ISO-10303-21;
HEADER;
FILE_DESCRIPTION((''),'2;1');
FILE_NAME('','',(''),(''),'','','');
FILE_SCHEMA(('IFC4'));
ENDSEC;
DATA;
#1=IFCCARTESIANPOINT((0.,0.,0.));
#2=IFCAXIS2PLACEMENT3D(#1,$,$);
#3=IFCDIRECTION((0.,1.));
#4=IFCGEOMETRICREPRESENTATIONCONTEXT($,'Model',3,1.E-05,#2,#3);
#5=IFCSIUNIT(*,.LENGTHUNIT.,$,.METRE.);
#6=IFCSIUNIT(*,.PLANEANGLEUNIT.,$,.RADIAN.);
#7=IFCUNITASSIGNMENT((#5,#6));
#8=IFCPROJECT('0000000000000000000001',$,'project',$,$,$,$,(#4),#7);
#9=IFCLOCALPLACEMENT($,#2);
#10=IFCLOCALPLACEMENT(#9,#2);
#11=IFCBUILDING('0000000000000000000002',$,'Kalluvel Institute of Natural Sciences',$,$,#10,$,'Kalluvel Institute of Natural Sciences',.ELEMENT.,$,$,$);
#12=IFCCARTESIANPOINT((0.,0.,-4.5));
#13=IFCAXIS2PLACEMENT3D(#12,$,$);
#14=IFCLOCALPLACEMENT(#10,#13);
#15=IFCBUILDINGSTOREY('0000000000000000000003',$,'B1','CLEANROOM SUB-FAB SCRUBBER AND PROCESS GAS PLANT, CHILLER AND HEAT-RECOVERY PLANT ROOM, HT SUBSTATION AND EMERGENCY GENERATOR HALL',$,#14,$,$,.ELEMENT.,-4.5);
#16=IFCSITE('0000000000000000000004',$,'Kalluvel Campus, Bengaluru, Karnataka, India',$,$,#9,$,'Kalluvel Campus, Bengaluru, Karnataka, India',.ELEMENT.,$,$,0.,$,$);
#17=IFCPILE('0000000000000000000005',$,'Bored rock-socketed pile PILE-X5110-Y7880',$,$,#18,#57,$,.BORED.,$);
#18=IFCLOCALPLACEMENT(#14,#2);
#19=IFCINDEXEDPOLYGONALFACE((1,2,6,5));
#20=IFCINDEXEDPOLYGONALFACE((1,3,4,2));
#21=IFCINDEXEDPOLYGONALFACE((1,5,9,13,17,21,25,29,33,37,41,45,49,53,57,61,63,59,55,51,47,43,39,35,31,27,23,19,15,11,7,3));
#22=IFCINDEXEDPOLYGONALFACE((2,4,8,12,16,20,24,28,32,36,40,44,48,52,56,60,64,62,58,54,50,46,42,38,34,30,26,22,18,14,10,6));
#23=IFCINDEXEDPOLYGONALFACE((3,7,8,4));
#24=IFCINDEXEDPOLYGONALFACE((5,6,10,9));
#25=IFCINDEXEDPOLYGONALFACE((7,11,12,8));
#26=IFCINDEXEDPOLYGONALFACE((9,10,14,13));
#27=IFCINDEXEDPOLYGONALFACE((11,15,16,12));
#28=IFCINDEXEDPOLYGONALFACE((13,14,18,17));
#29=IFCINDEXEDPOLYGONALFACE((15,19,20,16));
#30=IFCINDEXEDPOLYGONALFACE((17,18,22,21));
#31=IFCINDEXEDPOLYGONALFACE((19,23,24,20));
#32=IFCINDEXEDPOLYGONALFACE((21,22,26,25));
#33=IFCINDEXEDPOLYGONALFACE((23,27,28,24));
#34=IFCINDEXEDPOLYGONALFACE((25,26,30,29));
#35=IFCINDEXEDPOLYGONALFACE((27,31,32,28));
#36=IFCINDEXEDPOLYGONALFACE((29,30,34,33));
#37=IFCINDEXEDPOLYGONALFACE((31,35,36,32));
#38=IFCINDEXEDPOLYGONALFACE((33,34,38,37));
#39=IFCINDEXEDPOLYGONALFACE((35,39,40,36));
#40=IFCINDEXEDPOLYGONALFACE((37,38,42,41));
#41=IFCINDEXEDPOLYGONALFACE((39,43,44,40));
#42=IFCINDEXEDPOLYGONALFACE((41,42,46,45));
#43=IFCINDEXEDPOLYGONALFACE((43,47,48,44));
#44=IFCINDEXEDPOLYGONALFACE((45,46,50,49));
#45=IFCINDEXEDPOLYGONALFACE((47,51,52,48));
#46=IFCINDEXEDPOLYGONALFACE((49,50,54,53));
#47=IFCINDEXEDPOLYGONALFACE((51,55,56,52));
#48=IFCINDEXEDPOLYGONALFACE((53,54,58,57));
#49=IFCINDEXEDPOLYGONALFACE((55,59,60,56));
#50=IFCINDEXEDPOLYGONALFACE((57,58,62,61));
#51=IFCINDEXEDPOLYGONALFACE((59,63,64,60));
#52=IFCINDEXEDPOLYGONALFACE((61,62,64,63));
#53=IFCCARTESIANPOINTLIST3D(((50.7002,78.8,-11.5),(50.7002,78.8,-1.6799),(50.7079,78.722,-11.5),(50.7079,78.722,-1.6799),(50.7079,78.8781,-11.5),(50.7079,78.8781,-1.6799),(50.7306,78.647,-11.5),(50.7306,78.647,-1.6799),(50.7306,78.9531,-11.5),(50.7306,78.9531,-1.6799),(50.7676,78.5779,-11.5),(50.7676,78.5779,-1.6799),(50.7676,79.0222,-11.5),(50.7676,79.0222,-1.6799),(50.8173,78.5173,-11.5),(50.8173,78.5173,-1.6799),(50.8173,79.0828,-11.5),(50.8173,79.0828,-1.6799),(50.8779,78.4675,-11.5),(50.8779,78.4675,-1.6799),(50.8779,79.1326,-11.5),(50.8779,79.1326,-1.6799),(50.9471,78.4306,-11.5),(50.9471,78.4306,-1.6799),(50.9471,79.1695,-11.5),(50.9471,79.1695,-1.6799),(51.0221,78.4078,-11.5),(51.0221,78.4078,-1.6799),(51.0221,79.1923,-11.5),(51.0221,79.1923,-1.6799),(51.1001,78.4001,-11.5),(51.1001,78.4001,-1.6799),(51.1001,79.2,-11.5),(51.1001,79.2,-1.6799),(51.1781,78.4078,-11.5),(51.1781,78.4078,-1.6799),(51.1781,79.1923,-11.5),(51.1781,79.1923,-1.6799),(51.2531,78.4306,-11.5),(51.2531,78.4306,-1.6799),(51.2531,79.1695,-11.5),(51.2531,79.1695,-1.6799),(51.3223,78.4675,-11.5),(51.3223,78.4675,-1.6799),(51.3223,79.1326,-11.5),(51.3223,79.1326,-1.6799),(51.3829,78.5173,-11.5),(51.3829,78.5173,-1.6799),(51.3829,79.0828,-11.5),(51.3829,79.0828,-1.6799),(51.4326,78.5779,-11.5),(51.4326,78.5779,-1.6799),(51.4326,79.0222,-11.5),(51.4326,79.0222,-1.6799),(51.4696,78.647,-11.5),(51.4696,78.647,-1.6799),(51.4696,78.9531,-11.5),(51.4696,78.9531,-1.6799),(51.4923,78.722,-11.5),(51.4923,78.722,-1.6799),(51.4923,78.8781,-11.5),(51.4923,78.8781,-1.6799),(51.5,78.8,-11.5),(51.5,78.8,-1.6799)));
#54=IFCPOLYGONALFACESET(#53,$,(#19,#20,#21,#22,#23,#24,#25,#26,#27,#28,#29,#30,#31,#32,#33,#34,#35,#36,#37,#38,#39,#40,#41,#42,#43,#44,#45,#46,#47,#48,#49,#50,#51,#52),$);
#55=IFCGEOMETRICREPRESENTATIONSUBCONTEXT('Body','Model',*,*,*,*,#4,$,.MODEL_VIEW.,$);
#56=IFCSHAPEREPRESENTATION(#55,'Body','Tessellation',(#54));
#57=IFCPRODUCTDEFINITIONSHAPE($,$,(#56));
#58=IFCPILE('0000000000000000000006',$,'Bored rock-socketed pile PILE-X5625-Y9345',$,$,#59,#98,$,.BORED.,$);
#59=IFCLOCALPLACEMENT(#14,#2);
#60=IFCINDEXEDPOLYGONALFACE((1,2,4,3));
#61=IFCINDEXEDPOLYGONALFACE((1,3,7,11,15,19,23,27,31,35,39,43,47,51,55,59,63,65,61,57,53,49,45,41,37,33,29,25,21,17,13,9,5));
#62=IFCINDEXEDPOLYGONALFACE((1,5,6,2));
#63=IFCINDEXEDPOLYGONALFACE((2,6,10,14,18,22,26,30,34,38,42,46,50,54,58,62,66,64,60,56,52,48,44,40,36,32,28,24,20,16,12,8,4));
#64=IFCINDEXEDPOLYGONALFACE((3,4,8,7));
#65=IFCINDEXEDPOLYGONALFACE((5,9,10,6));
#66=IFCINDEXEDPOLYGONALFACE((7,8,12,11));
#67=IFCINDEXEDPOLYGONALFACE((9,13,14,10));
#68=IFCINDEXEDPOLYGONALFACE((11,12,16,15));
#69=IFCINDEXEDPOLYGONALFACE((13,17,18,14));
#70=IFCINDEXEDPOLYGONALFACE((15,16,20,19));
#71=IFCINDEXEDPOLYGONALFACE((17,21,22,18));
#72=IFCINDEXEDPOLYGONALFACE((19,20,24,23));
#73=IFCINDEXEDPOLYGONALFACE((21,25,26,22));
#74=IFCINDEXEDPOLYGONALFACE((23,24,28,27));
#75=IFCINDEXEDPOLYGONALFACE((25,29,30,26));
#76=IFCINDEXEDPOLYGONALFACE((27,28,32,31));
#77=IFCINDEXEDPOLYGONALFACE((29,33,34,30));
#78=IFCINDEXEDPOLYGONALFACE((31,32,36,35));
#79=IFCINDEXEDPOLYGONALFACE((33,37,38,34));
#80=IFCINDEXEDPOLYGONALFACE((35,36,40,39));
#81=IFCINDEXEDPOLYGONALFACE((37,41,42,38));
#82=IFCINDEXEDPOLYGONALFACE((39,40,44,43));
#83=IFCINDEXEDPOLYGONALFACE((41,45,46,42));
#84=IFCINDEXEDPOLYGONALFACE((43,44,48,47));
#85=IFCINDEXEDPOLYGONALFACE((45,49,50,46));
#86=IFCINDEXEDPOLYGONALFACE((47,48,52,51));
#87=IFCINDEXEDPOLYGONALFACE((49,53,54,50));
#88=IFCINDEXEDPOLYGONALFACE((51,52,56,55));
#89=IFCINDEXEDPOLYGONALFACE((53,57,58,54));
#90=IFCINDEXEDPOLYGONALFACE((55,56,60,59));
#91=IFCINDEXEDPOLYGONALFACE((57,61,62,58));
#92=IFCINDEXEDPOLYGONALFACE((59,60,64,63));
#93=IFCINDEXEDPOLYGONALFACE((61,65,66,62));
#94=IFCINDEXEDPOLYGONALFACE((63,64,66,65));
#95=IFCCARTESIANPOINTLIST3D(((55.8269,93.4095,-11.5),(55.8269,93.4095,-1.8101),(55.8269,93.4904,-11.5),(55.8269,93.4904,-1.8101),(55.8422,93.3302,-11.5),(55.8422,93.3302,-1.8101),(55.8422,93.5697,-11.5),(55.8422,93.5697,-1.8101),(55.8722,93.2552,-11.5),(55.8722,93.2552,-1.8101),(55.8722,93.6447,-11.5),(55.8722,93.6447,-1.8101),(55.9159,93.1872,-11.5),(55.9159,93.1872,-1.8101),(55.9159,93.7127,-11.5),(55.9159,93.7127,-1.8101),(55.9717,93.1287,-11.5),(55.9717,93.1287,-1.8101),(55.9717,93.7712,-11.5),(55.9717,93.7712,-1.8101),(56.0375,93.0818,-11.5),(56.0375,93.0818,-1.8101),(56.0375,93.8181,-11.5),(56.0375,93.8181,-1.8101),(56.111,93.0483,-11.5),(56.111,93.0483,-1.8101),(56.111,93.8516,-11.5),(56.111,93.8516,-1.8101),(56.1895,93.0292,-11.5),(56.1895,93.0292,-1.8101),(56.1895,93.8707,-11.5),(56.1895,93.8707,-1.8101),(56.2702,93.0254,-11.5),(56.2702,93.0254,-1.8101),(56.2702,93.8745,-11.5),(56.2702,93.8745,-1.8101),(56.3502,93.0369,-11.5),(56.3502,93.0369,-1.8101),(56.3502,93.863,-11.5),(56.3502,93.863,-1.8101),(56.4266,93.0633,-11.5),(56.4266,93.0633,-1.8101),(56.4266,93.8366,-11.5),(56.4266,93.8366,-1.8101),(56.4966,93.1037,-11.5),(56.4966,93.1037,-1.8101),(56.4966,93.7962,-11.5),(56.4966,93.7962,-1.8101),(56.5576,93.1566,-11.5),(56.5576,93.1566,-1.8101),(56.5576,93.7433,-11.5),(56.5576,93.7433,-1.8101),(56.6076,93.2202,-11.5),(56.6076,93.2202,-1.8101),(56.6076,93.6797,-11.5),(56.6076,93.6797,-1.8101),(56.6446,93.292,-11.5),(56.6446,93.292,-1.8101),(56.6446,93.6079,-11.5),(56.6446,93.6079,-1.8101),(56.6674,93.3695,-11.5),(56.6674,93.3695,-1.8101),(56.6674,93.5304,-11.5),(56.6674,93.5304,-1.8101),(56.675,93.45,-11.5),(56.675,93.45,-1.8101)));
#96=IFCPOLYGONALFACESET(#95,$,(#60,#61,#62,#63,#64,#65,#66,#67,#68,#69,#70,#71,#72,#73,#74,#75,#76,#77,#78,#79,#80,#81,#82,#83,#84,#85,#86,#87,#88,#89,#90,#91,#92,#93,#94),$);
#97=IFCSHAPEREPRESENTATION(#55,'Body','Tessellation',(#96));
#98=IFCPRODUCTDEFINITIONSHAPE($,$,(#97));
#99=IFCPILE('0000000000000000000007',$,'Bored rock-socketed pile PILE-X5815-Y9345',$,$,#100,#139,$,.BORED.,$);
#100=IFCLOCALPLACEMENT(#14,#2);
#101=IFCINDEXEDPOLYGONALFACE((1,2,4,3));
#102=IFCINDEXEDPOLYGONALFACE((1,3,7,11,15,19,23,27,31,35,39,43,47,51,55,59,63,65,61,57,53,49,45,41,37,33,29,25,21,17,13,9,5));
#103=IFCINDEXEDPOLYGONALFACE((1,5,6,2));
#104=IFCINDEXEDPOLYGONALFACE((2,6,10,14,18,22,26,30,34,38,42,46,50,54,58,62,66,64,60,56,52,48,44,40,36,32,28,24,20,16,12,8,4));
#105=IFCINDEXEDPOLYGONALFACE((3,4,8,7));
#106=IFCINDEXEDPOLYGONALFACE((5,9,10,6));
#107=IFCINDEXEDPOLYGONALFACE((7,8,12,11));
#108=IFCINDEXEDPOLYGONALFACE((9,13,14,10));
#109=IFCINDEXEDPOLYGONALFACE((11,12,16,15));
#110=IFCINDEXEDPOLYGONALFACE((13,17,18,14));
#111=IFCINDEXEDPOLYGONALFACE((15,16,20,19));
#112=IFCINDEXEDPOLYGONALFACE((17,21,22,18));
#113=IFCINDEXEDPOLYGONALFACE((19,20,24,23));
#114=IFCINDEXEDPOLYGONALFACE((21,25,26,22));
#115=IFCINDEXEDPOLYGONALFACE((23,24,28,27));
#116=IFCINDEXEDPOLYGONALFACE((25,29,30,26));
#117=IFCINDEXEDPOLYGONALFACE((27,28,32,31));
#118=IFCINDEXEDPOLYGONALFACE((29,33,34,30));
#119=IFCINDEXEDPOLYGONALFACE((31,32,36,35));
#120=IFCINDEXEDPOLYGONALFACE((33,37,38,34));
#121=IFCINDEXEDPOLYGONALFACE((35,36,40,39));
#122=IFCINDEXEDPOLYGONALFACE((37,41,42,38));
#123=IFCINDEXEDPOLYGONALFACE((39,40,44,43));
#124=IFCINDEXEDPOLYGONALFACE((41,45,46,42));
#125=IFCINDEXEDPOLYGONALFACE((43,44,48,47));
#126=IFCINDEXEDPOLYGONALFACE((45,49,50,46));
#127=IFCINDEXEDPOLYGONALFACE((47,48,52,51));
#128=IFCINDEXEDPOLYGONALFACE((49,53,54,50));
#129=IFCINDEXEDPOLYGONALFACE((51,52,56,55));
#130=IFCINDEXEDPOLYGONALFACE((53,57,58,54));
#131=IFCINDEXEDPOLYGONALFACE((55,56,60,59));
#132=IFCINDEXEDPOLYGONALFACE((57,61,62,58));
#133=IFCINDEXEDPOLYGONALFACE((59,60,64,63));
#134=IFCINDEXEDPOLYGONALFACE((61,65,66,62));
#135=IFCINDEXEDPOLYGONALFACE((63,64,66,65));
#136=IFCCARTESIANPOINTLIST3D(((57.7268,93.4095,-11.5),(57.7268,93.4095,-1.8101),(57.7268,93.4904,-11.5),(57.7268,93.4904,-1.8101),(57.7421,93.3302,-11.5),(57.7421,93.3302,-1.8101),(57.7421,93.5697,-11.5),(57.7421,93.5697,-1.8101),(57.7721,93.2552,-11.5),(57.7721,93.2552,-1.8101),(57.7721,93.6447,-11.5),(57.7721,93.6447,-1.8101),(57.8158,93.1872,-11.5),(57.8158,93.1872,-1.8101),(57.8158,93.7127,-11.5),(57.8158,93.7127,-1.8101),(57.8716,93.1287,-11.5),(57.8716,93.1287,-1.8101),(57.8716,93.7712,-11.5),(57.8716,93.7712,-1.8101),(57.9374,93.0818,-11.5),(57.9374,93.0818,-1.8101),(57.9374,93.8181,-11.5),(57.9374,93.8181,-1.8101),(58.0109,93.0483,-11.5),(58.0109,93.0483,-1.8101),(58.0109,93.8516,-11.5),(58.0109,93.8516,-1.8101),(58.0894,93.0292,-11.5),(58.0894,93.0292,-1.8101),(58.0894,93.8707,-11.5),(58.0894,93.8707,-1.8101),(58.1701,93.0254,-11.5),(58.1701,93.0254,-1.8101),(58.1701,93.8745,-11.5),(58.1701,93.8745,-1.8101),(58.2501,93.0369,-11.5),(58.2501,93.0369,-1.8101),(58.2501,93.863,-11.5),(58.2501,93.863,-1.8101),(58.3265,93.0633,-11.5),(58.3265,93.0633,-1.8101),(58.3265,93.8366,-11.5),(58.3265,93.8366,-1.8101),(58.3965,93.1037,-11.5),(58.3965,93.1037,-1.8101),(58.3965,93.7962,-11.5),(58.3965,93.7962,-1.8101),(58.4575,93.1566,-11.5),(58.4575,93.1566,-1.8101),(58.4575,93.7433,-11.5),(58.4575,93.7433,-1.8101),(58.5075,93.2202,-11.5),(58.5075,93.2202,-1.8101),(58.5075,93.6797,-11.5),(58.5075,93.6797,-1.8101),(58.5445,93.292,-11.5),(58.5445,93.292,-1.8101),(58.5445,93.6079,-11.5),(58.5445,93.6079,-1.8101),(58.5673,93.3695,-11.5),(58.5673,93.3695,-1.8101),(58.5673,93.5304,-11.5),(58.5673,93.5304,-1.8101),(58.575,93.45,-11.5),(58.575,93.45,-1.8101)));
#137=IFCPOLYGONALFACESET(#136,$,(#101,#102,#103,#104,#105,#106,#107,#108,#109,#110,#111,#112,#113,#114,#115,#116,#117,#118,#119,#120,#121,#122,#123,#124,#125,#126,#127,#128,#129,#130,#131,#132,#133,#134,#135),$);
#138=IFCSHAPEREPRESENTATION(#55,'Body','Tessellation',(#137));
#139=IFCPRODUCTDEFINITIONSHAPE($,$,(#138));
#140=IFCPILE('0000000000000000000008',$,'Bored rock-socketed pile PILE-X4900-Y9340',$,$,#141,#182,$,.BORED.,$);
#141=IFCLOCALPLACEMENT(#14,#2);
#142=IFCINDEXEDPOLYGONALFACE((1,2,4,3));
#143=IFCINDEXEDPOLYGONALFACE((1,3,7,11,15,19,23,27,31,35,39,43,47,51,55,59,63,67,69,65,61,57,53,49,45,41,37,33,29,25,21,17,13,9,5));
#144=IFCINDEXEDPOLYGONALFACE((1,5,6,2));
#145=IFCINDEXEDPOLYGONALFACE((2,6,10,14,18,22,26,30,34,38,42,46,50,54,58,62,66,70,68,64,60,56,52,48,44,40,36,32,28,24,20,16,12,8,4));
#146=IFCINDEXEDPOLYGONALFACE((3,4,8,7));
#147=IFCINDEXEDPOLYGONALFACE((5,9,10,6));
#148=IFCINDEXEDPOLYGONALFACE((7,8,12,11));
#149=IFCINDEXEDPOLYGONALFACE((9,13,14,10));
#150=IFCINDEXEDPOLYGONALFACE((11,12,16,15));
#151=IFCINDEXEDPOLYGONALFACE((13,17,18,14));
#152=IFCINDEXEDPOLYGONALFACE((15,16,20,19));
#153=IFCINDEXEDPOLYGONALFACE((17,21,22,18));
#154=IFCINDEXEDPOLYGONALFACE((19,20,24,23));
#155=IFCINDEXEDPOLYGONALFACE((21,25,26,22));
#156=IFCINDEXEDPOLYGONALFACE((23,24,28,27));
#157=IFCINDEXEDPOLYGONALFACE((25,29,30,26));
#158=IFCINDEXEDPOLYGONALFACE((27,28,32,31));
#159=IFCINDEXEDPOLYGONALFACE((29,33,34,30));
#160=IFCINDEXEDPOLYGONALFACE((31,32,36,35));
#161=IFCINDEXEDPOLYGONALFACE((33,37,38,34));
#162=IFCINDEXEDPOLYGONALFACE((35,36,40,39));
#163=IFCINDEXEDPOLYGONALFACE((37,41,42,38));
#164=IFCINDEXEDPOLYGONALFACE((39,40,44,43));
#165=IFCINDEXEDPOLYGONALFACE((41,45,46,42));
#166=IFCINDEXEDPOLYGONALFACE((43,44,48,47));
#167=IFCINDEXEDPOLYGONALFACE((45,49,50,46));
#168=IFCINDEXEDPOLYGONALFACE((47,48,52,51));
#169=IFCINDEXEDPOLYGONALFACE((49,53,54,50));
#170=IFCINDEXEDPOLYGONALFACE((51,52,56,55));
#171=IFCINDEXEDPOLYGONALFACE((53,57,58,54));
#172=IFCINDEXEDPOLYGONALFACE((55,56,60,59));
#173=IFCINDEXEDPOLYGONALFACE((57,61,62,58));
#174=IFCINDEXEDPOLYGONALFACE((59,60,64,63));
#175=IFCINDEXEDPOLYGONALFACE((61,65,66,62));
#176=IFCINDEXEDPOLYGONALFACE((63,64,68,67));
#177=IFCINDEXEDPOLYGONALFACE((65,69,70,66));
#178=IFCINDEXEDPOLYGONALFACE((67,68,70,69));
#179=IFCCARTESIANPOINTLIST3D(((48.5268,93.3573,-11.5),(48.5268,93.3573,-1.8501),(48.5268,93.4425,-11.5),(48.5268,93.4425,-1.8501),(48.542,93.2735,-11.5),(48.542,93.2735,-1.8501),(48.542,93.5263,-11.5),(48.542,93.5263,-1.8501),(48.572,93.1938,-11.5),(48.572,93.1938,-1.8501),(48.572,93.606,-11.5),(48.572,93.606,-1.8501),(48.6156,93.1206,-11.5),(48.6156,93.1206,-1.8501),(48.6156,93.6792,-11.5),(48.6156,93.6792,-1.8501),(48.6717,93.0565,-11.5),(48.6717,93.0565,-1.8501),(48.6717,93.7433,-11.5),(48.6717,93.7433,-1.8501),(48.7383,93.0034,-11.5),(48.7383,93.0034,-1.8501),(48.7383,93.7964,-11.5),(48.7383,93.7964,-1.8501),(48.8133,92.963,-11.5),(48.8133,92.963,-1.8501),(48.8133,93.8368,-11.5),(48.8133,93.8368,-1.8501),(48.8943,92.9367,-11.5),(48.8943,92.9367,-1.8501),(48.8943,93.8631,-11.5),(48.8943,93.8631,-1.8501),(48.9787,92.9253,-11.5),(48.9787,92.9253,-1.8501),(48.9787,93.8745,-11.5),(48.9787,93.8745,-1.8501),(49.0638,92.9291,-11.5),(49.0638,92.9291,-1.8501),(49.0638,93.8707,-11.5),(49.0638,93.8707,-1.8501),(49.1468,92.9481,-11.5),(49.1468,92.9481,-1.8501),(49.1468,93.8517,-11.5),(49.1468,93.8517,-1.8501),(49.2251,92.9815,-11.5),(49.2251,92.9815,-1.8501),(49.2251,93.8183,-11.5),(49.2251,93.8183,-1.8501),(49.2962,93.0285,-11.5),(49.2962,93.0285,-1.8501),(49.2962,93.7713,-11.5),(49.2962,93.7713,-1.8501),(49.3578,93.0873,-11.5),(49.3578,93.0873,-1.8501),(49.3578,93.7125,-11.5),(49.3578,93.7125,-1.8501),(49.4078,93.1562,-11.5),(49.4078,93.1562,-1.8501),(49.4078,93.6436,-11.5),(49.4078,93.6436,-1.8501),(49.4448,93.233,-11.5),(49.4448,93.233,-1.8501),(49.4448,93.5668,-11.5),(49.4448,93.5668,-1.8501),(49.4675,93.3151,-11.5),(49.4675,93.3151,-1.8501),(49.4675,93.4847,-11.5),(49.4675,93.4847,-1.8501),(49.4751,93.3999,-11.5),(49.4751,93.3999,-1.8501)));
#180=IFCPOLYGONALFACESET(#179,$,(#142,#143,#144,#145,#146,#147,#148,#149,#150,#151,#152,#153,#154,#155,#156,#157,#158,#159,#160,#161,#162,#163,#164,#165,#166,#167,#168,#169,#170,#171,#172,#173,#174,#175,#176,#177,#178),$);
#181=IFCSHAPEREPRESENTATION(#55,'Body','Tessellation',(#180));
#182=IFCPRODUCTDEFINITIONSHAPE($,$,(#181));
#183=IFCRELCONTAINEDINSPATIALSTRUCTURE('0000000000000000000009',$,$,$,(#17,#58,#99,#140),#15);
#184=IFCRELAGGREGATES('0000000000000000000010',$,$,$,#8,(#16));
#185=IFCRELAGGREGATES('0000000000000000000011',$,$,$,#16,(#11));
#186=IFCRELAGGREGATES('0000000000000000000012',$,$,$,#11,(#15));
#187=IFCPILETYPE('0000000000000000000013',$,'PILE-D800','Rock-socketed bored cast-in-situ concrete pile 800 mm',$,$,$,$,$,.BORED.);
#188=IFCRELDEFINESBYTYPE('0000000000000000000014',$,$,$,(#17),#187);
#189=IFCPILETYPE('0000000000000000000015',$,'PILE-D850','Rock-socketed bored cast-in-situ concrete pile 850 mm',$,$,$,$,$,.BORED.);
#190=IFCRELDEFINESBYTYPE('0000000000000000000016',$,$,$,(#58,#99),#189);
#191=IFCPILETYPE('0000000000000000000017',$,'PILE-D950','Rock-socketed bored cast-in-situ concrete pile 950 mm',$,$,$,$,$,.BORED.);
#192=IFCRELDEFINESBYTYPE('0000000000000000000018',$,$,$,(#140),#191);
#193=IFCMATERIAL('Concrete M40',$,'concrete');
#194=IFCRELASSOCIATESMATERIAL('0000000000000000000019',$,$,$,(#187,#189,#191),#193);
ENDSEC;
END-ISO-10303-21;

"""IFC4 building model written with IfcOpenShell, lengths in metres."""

from ifc_helpers import new_model, si_unit, direction, frame, origin, origin_2d, place, context, subcontext, project, spatial, circle, extrude, material, material_profile, profile_set, type_object, element, save


model = new_model("IFC4")

# Units and contexts
model_context = context("Model", 3, precision=1e-05, world=origin(), true_north=direction((0.0, 1.0)))
body_context = subcontext(model_context, "Body", "Model", "MODEL_VIEW")
ifc_project = project(units=[si_unit("LENGTHUNIT", "METRE"), si_unit("PLANEANGLEUNIT", "RADIAN")], contexts=[model_context])

# Site, building, storey
site_placement = place(None, origin())
site = spatial("IfcSite", under=ifc_project, at=site_placement, Name="Kalluvel Campus, Bengaluru, Karnataka, India", LongName="Kalluvel Campus, Bengaluru, Karnataka, India", CompositionType="ELEMENT", RefElevation=0.0)
building_placement = place(site_placement, origin())
building = spatial("IfcBuilding", under=site, at=building_placement, Name="Kalluvel Institute of Natural Sciences", LongName="Kalluvel Institute of Natural Sciences", CompositionType="ELEMENT")
storey_placement = place(building_placement, frame((0.0, 0.0, -4.5)))
storey = spatial("IfcBuildingStorey", under=building, at=storey_placement, Name="B1", Description="CLEANROOM SUB-FAB SCRUBBER AND PROCESS GAS PLANT, CHILLER AND HEAT-RECOVERY PLANT ROOM, HT SUBSTATION AND EMERGENCY GENERATOR HALL", CompositionType="ELEMENT", Elevation=-4.5)

# Shared definitions
ifc_material_1 = material(Name="Concrete M40", Category="concrete")

# Piles
ifc_material_profile_1 = material_profile(ifc_material_1, circle(Radius=0.3999, at=origin_2d()), Name="PILE D800")
ifc_profile_set_1 = profile_set([ifc_material_profile_1], Name="Concrete M40")
pile_type_1 = type_object("IfcPileType", Name="PILE-D800", Description="Rock-socketed bored cast-in-situ concrete pile 800 mm", PredefinedType="BORED", material=ifc_profile_set_1)
for number, where, z_axis, x_axis, name in (
    (1, (51.1001, 78.8, -1.6799), (0.0, 0.0, -1.0), (1.0, 0.0, 0.0), "Bored rock-socketed pile PILE-X5110-Y7880"),
):
    element("IfcPile", number, at=place(storey_placement, frame(where, z_axis=z_axis, x_axis=x_axis)), inside=storey, type_object=pile_type_1, Name=name, PredefinedType="BORED", context=body_context, shape_type="SweptSolid", body=[
        extrude(circle(Radius=0.3999, at=origin_2d()), origin(), (0.0, 0.0, 1.0), 9.8201),
    ])
ifc_material_profile_2 = material_profile(ifc_material_1, circle(Radius=0.425, at=origin_2d()), Name="PILE D850")
ifc_profile_set_2 = profile_set([ifc_material_profile_2], Name="Concrete M40")
pile_type_2 = type_object("IfcPileType", Name="PILE-D850", Description="Rock-socketed bored cast-in-situ concrete pile 850 mm", PredefinedType="BORED", material=ifc_profile_set_2)
for number, where, z_axis, x_axis, name in (
    (2, (56.25, 93.45, -1.8101), (0.0, 0.0, -1.0), (1.0, 0.0, 0.0), "Bored rock-socketed pile PILE-X5625-Y9345"),
    (3, (58.1499, 93.45, -1.8101), (0.0, 0.0, -1.0), (1.0, 0.0, 0.0), "Bored rock-socketed pile PILE-X5815-Y9345"),
):
    element("IfcPile", number, at=place(storey_placement, frame(where, z_axis=z_axis, x_axis=x_axis)), inside=storey, type_object=pile_type_2, Name=name, PredefinedType="BORED", context=body_context, shape_type="SweptSolid", body=[
        extrude(circle(Radius=0.425, at=origin_2d()), origin(), (0.0, 0.0, 1.0), 9.6899),
    ])
ifc_material_profile_3 = material_profile(ifc_material_1, circle(Radius=0.4751, at=origin_2d()), Name="PILE D950")
ifc_profile_set_3 = profile_set([ifc_material_profile_3], Name="Concrete M40")
pile_type_3 = type_object("IfcPileType", Name="PILE-D950", Description="Rock-socketed bored cast-in-situ concrete pile 950 mm", PredefinedType="BORED", material=ifc_profile_set_3)
for number, where, z_axis, x_axis, name in (
    (4, (49.0, 93.3999, -1.8501), (0.0, 0.0, -1.0), (1.0, 0.0, 0.0), "Bored rock-socketed pile PILE-X4900-Y9340"),
):
    element("IfcPile", number, at=place(storey_placement, frame(where, z_axis=z_axis, x_axis=x_axis)), inside=storey, type_object=pile_type_3, Name=name, PredefinedType="BORED", context=body_context, shape_type="SweptSolid", body=[
        extrude(circle(Radius=0.4751, at=origin_2d()), origin(), (0.0, 0.0, 1.0), 9.6499),
    ])

save(model, "model.ifc")
